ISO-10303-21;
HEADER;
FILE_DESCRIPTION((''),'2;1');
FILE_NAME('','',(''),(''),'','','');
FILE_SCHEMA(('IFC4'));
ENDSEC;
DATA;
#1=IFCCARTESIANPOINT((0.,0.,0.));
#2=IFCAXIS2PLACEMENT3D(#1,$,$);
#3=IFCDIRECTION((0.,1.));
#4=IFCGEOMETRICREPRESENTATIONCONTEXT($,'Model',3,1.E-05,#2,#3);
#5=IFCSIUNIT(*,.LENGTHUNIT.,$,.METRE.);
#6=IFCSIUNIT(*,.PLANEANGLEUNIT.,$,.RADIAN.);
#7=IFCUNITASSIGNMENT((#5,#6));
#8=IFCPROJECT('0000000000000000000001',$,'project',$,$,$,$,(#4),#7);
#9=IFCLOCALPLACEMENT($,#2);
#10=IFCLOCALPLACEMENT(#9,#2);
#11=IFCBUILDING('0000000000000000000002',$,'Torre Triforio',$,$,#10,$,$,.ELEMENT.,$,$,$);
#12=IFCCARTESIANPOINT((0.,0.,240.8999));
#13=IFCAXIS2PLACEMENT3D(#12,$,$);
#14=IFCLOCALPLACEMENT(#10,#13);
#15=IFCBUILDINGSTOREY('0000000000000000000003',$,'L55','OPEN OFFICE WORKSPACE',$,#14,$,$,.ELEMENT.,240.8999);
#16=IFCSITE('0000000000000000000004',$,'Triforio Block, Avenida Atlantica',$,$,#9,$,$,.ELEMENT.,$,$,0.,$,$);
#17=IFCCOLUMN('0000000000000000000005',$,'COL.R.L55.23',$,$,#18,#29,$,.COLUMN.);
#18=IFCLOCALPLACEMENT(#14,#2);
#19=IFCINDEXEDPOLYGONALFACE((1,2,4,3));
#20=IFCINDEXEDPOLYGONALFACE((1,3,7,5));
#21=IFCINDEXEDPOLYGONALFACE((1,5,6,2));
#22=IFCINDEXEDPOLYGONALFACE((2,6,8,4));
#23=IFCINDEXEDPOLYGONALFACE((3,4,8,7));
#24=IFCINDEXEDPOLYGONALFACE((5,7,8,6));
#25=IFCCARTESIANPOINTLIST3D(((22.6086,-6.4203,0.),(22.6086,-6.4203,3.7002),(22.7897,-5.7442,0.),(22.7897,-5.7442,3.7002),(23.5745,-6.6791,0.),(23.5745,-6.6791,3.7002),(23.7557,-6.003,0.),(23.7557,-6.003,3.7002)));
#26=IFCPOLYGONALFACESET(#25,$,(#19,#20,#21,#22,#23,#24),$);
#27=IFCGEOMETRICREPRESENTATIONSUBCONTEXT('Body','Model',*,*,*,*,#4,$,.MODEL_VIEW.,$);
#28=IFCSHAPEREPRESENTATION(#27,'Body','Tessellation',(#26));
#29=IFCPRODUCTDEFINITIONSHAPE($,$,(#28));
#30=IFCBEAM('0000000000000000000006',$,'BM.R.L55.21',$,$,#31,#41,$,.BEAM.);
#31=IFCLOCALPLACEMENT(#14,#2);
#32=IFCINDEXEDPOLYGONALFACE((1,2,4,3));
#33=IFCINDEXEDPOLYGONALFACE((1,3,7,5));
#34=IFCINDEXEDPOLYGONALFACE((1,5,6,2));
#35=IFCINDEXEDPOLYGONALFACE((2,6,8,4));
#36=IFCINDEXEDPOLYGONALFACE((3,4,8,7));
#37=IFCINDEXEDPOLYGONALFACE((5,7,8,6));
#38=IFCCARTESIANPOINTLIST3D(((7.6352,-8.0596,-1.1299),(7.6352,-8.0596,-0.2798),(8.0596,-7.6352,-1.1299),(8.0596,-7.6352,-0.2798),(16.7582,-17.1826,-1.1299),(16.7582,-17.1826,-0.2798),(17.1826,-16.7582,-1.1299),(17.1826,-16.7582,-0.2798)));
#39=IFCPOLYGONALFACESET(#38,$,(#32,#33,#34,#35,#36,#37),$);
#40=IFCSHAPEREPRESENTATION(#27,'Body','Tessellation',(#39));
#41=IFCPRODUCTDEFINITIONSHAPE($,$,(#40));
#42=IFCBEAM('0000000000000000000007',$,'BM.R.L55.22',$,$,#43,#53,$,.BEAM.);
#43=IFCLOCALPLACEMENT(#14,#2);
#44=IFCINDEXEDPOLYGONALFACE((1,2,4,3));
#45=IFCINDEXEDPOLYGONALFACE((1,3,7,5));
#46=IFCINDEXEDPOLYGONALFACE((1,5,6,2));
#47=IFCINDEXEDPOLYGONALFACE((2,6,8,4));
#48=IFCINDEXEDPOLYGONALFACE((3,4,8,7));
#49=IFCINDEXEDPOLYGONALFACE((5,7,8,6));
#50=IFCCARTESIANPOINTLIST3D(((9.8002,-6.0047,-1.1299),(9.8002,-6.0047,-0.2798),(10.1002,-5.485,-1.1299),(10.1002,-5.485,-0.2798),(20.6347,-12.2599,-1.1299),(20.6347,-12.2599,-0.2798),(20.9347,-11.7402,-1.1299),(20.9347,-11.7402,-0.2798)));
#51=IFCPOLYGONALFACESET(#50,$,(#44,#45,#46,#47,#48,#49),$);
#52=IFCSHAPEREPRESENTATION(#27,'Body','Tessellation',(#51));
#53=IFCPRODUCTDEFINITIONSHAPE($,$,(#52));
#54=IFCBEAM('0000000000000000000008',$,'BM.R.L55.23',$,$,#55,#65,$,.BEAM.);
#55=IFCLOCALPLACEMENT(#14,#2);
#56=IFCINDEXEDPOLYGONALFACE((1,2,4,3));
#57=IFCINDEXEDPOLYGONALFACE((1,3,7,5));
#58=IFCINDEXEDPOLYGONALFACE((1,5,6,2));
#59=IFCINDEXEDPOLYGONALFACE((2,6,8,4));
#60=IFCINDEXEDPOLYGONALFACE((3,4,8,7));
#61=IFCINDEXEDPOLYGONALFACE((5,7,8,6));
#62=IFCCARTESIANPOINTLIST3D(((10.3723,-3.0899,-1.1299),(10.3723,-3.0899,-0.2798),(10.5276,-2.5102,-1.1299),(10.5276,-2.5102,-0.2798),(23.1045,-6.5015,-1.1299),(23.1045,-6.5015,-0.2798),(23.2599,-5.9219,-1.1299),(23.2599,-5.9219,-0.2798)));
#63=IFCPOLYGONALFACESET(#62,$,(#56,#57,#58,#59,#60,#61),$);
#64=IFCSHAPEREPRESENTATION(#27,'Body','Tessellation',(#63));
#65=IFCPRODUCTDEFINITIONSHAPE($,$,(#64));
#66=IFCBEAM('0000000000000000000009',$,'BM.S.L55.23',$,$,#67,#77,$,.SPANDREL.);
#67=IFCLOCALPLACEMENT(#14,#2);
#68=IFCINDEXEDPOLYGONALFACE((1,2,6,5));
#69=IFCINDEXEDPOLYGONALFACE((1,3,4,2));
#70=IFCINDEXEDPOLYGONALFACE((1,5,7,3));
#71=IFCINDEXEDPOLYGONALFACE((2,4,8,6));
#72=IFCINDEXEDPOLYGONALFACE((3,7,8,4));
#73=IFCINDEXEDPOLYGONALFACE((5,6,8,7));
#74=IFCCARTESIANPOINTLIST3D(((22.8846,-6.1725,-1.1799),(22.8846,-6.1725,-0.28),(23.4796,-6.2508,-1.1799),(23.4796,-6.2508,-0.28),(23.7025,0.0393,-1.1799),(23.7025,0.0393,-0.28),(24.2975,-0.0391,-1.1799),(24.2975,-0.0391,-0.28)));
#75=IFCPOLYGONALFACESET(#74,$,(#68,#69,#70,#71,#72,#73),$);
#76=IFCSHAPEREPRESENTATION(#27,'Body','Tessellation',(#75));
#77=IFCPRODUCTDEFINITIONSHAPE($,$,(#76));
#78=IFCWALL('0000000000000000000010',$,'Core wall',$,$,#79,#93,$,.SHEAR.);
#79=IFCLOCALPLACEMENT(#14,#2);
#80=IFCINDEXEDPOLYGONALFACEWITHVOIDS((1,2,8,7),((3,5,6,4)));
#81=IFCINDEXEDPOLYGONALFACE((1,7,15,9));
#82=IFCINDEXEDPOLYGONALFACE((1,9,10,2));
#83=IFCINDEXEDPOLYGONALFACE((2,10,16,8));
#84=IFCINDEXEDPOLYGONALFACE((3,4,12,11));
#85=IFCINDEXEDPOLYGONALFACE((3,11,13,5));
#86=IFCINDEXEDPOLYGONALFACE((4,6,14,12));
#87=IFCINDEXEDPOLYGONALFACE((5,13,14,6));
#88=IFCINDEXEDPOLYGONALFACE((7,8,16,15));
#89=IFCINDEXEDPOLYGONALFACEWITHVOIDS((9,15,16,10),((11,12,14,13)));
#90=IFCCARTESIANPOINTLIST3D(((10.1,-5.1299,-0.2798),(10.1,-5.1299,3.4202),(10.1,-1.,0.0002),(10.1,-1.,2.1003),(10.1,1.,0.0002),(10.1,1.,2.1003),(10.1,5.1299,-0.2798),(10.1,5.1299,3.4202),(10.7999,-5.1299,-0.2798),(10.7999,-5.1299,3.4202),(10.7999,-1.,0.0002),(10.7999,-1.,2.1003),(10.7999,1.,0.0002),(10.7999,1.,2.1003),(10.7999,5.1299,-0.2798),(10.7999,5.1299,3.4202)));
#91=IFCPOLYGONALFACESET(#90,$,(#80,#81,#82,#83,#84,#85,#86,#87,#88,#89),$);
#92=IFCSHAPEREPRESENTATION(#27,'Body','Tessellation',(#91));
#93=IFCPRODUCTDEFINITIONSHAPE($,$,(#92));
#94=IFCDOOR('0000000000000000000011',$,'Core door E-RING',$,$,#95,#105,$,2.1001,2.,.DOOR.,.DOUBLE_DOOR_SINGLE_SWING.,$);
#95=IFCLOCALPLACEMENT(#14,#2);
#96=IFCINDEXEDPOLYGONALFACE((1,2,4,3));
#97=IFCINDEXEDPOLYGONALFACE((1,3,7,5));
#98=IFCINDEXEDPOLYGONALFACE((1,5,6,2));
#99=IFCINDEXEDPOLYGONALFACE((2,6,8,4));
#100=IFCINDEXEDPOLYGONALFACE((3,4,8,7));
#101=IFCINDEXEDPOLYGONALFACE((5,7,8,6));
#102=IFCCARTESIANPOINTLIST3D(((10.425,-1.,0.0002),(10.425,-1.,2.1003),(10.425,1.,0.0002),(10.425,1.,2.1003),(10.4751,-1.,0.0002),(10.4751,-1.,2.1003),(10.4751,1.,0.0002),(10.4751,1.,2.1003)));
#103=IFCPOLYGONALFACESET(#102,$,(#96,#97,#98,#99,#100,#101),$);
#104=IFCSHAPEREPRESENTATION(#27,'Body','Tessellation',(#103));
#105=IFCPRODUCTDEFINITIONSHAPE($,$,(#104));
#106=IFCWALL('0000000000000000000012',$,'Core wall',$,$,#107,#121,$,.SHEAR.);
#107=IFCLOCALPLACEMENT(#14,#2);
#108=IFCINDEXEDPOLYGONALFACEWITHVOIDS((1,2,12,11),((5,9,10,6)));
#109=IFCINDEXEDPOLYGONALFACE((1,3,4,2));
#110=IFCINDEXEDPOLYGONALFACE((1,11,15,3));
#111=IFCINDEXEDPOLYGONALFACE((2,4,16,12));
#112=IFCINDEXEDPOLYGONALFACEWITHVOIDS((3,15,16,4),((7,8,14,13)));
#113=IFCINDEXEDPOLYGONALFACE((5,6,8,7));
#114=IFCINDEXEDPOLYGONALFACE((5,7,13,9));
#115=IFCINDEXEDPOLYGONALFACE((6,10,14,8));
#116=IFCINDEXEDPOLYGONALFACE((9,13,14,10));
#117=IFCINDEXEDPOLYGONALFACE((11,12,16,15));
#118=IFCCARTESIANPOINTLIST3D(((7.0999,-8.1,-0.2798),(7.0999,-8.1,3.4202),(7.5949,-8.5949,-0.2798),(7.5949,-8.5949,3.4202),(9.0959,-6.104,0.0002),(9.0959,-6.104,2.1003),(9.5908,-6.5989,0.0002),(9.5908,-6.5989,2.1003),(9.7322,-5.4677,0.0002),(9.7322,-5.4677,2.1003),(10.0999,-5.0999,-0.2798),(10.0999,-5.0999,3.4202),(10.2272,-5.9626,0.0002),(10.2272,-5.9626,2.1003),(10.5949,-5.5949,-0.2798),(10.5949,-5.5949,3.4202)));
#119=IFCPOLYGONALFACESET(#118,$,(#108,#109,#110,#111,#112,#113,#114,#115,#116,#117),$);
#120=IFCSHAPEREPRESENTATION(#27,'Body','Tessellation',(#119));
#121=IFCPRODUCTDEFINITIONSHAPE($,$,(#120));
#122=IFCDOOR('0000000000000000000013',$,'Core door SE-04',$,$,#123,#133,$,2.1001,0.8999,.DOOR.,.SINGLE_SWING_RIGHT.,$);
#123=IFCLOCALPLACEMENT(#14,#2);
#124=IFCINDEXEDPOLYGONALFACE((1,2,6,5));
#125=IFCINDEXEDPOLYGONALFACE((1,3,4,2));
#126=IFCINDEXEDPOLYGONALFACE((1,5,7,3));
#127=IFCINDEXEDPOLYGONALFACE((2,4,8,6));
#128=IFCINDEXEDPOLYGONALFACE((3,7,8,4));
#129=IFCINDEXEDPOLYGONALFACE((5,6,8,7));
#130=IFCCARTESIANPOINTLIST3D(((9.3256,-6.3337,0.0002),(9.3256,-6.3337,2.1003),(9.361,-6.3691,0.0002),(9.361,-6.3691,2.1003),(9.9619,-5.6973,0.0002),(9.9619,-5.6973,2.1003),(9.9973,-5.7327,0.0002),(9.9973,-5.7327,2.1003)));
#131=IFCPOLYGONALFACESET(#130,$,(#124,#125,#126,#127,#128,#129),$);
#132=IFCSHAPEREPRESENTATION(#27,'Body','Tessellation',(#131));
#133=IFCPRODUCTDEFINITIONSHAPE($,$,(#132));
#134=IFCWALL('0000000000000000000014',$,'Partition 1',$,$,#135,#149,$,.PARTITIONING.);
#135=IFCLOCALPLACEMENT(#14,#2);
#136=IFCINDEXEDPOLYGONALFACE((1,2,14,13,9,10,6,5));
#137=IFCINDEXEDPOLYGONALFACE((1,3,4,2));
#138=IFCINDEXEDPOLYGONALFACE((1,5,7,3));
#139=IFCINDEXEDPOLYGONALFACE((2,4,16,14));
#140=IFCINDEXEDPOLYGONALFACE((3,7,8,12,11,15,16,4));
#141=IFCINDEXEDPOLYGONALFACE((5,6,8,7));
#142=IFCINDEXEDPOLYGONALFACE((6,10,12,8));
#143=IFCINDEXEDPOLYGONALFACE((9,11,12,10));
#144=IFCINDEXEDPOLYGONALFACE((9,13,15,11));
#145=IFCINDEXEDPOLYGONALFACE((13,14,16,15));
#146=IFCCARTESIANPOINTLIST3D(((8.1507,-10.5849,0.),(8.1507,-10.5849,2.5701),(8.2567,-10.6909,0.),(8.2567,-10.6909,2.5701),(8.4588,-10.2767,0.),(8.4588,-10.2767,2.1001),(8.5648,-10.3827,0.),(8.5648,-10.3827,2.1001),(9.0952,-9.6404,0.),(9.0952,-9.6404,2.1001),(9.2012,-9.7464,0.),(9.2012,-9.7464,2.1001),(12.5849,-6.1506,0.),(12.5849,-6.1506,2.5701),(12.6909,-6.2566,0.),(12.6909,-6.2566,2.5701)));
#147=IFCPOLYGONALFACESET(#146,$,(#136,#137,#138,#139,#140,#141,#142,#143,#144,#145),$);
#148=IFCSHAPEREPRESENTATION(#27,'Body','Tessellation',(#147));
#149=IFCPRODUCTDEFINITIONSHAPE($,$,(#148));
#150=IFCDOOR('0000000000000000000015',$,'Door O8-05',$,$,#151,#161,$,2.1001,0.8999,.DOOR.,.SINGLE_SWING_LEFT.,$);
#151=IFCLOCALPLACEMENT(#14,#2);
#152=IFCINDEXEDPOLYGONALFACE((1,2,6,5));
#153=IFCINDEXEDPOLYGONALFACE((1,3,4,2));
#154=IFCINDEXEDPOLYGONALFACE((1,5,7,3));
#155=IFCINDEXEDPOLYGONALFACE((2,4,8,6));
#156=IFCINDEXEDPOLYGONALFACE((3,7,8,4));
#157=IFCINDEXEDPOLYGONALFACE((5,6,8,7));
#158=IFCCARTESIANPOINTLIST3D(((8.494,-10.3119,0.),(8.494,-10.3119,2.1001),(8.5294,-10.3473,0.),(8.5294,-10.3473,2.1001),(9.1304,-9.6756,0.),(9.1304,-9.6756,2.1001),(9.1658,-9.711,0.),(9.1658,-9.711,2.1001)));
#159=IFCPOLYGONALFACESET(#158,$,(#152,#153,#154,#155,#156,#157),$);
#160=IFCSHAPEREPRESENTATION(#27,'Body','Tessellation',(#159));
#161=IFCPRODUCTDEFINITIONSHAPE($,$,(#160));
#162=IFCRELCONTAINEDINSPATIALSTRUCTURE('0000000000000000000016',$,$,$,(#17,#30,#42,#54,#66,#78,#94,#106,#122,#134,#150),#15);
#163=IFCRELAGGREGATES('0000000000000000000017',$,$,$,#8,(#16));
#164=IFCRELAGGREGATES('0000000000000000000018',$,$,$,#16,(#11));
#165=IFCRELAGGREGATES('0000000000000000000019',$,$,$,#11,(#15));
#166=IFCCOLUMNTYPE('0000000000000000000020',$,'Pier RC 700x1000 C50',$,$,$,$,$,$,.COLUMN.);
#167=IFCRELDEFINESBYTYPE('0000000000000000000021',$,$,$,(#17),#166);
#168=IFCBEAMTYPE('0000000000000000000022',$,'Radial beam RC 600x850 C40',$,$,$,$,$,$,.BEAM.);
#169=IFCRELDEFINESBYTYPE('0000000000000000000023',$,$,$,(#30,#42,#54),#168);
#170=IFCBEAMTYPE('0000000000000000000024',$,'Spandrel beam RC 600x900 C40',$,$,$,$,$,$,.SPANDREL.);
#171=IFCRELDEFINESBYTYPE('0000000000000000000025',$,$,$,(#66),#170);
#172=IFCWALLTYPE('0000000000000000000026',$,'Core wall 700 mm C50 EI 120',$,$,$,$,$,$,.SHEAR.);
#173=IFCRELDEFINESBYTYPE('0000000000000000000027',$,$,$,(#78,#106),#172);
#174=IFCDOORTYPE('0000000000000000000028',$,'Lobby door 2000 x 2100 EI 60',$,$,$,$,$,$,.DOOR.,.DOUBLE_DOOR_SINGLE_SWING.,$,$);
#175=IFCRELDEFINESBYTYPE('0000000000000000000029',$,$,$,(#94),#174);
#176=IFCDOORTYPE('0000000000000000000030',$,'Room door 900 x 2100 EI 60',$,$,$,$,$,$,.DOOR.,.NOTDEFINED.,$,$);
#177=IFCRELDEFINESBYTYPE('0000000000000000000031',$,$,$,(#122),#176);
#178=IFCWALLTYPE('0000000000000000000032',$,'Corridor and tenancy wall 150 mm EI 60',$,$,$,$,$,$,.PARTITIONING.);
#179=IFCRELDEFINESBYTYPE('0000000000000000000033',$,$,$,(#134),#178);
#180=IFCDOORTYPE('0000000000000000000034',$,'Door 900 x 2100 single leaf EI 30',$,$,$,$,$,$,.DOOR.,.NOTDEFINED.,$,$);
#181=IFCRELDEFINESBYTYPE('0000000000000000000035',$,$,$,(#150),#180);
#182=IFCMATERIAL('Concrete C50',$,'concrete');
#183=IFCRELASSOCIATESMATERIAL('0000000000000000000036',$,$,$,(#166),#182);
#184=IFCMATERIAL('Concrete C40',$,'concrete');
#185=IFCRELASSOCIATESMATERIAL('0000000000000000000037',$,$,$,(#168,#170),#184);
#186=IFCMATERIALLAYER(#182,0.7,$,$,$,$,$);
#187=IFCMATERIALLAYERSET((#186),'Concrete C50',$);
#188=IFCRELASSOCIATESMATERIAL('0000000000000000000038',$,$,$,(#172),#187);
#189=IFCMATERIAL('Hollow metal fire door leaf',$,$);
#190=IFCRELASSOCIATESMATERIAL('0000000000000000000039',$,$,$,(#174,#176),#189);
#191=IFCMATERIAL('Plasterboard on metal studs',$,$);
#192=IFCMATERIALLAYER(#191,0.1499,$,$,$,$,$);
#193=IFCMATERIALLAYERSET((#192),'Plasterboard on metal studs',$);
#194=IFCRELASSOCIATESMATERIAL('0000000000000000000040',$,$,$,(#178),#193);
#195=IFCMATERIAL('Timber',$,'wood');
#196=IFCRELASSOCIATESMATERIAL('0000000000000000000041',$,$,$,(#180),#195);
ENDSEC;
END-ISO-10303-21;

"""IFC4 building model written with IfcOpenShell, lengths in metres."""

from ifc_helpers import new_model, si_unit, direction, frame, frame_2d, origin, origin_2d, place, context, subcontext, project, spatial, rectangle, extrude, material, layer, layer_set, material_profile, profile_set, type_object, element, fill, save


model = new_model("IFC4")

# Units and contexts
model_context = context("Model", 3, precision=1e-05, world=origin(), true_north=direction((0.0, 1.0)))
body_context = subcontext(model_context, "Body", "Model", "MODEL_VIEW")
ifc_project = project(units=[si_unit("LENGTHUNIT", "METRE"), si_unit("PLANEANGLEUNIT", "RADIAN")], contexts=[model_context])

# Site, building, storey
site_placement = place(None, origin())
site = spatial("IfcSite", under=ifc_project, at=site_placement, Name="Triforio Block, Avenida Atlantica", CompositionType="ELEMENT", RefElevation=0.0)
building_placement = place(site_placement, origin())
building = spatial("IfcBuilding", under=site, at=building_placement, Name="Torre Triforio", CompositionType="ELEMENT")
storey_placement = place(building_placement, frame((0.0, 0.0, 240.8999)))
storey = spatial("IfcBuildingStorey", under=building, at=storey_placement, Name="L55", Description="OPEN OFFICE WORKSPACE", CompositionType="ELEMENT", Elevation=240.8999)

# Column
ifc_material_1 = material(Name="Concrete C50", Category="concrete")
ifc_material_profile_1 = material_profile(ifc_material_1, rectangle(XDim=0.7, YDim=1.0, at=origin_2d()), Name="RC 700x1000")
ifc_profile_set_1 = profile_set([ifc_material_profile_1], Name="Concrete C50")
column_type = type_object("IfcColumnType", Name="Pier RC 700x1000 C50", PredefinedType="COLUMN", material=ifc_profile_set_1)
column_placement = place(storey_placement, frame((23.1821, -6.2117, 0.0), z_axis=(0.0, 0.0, 1.0), x_axis=(0.258819, 0.965926, 0.0)))
element("IfcColumn", 1, at=column_placement, inside=storey, type_object=column_type, Name="COL.R.L55.23", PredefinedType="COLUMN", context=body_context, shape_type="SweptSolid", body=[
    extrude(rectangle(XDim=0.7, YDim=1.0, at=origin_2d()), origin(), (0.0, 0.0, 1.0), 3.7002),
])

# Beams
ifc_material_2 = material(Name="Concrete C40", Category="concrete")
ifc_material_profile_2 = material_profile(ifc_material_2, rectangle(XDim=0.6001, YDim=0.8501, at=origin_2d()), Name="RC 600x850")
ifc_profile_set_2 = profile_set([ifc_material_profile_2], Name="Concrete C40")
beam_type_1 = type_object("IfcBeamType", Name="Radial beam RC 600x850 C40", PredefinedType="BEAM", material=ifc_profile_set_2)
beam_1_placement = place(storey_placement, frame((7.8474, -7.8474, -0.7048), z_axis=(0.707107, -0.707107, 0.0), x_axis=(0.707107, 0.707107, 0.0)))
element("IfcBeam", 2, at=beam_1_placement, inside=storey, type_object=beam_type_1, Name="BM.R.L55.21", PredefinedType="BEAM", context=body_context, shape_type="SweptSolid", body=[
    extrude(rectangle(XDim=0.6001, YDim=0.8501, at=origin_2d()), origin(), (0.0, 0.0, 1.0), 12.9019),
])
beam_2_placement = place(storey_placement, frame((9.9502, -5.7449, -0.7048), z_axis=(0.866031, -0.49999, 0.0), x_axis=(0.49999, 0.866031, 0.0)))
element("IfcBeam", 3, at=beam_2_placement, inside=storey, type_object=beam_type_1, Name="BM.R.L55.22", PredefinedType="BEAM", context=body_context, shape_type="SweptSolid", body=[
    extrude(rectangle(XDim=0.6001, YDim=0.8501, at=origin_2d()), origin(), (0.0, 0.0, 1.0), 12.5105),
])
beam_3_placement = place(storey_placement, frame((10.45, -2.8, -0.7048), z_axis=(0.965925, -0.258822, 0.0), x_axis=(0.258822, 0.965925, 0.0)))
element("IfcBeam", 4, at=beam_3_placement, inside=storey, type_object=beam_type_1, Name="BM.R.L55.23", PredefinedType="BEAM", context=body_context, shape_type="SweptSolid", body=[
    extrude(rectangle(XDim=0.6001, YDim=0.8501, at=origin_2d()), origin(), (0.0, 0.0, 1.0), 13.1814),
])
ifc_material_profile_3 = material_profile(ifc_material_2, rectangle(XDim=0.6001, YDim=0.8999, at=origin_2d()), Name="RC 600x900")
ifc_profile_set_3 = profile_set([ifc_material_profile_3], Name="Concrete C40")
beam_type_2 = type_object("IfcBeamType", Name="Spandrel beam RC 600x900 C40", PredefinedType="SPANDREL", material=ifc_profile_set_3)
beam_4_placement = place(storey_placement, frame((23.1821, -6.2117, -0.73), z_axis=(0.13054, 0.991443, 0.0), x_axis=(-0.991443, 0.13054, 0.0)))
element("IfcBeam", 5, at=beam_4_placement, inside=storey, type_object=beam_type_2, Name="BM.S.L55.23", PredefinedType="SPANDREL", context=body_context, shape_type="SweptSolid", body=[
    extrude(rectangle(XDim=0.6001, YDim=0.8999, at=origin_2d()), origin(), (0.0, 0.0, 1.0), 6.2654),
])

# Walls, openings, doors
ifc_layer_1 = layer(ifc_material_1, 0.7)
ifc_layer_set_1 = layer_set([ifc_layer_1], Name="Concrete C50")
wall_type_1 = type_object("IfcWallType", Name="Core wall 700 mm C50 EI 120", PredefinedType="SHEAR", material=ifc_layer_set_1)
wall_1_placement = place(storey_placement, frame((10.45, -5.1299, -0.2798), z_axis=(0.0, 0.0, 1.0), x_axis=(0.0, 1.0, 0.0)))
wall_1 = element("IfcWall", 6, at=wall_1_placement, inside=storey, type_object=wall_type_1, Name="Core wall", PredefinedType="SHEAR", context=body_context, shape_type="SweptSolid", body=[
    extrude(rectangle(XDim=10.2598, YDim=0.7, at=frame_2d((5.1299, 0.0))), origin(), (0.0, 0.0, 1.0), 3.7),
])
opening_1_placement = place(wall_1_placement, frame((4.1299, 0.0, 0.28)))
opening_1 = element("IfcOpeningElement", 7, at=opening_1_placement, cuts=wall_1, PredefinedType="OPENING", context=body_context, shape_type="SweptSolid", body=[
    extrude(rectangle(XDim=2.0, YDim=2.1001, at=frame_2d((1.0, 1.05))), frame((0.0, 0.3599, 0.0), z_axis=(0.0, -1.0, 0.0), x_axis=(1.0, 0.0, 0.0)), (0.0, 0.0, 1.0), 0.72),
])
ifc_material_3 = material(Name="Hollow metal fire door leaf")
door_type_1 = type_object("IfcDoorType", Name="Lobby door 2000 x 2100 EI 60", OperationType="DOUBLE_DOOR_SINGLE_SWING", PredefinedType="DOOR", material=ifc_material_3)
door_1_placement = place(opening_1_placement, origin())
door_1 = element("IfcDoor", 8, at=door_1_placement, inside=storey, type_object=door_type_1, Name="Core door E-RING", OperationType="DOUBLE_DOOR_SINGLE_SWING", OverallHeight=2.1001, OverallWidth=2.0, PredefinedType="DOOR", context=body_context, shape_type="SweptSolid", body=[
    extrude(rectangle(XDim=2.0, YDim=2.1001, at=frame_2d((1.0, 1.05))), frame((0.0, 0.0249, 0.0), z_axis=(0.0, -1.0, 0.0), x_axis=(1.0, 0.0, 0.0)), (0.0, 0.0, 1.0), 0.05),
])
fill(opening_1, door_1)
wall_2_placement = place(storey_placement, frame((10.3474, -5.3474, -0.2798), z_axis=(0.0, 0.0, 1.0), x_axis=(-0.707107, -0.707107, 0.0)))
wall_2 = element("IfcWall", 9, at=wall_2_placement, inside=storey, type_object=wall_type_1, Name="Core wall", PredefinedType="SHEAR", context=body_context, shape_type="SweptSolid", body=[
    extrude(rectangle(XDim=4.2427, YDim=0.7, at=frame_2d((2.1213, 0.0))), origin(), (0.0, 0.0, 1.0), 3.7),
])
opening_2_placement = place(wall_2_placement, frame((0.52, 0.0, 0.28)))
opening_2 = element("IfcOpeningElement", 10, at=opening_2_placement, cuts=wall_2, PredefinedType="OPENING", context=body_context, shape_type="SweptSolid", body=[
    extrude(rectangle(XDim=0.8999, YDim=2.1001, at=frame_2d((0.45, 1.05))), frame((0.0, 0.3599, 0.0), z_axis=(0.0, -1.0, 0.0), x_axis=(1.0, 0.0, 0.0)), (0.0, 0.0, 1.0), 0.72),
])
door_type_2 = type_object("IfcDoorType", Name="Room door 900 x 2100 EI 60", OperationType="NOTDEFINED", PredefinedType="DOOR", material=ifc_material_3)
door_2_placement = place(opening_2_placement, origin())
door_2 = element("IfcDoor", 11, at=door_2_placement, inside=storey, type_object=door_type_2, Name="Core door SE-04", OperationType="SINGLE_SWING_RIGHT", OverallHeight=2.1001, OverallWidth=0.8999, PredefinedType="DOOR", context=body_context, shape_type="SweptSolid", body=[
    extrude(rectangle(XDim=0.8999, YDim=2.1001, at=frame_2d((0.45, 1.05))), frame((0.0, 0.0249, 0.0), z_axis=(0.0, -1.0, 0.0), x_axis=(1.0, 0.0, 0.0)), (0.0, 0.0, 1.0), 0.05),
])
fill(opening_2, door_2)
ifc_material_4 = material(Name="Plasterboard on metal studs")
ifc_layer_2 = layer(ifc_material_4, 0.1499)
ifc_layer_set_2 = layer_set([ifc_layer_2], Name="Plasterboard on metal studs")
wall_type_2 = type_object("IfcWallType", Name="Corridor and tenancy wall 150 mm EI 60", PredefinedType="PARTITIONING", material=ifc_layer_set_2)
wall_3_placement = place(storey_placement, frame((12.6379, -6.2036, 0.0), z_axis=(0.0, 0.0, 1.0), x_axis=(-0.707107, -0.707107, 0.0)))
wall_3 = element("IfcWall", 12, at=wall_3_placement, inside=storey, type_object=wall_type_2, Name="Partition 1", PredefinedType="PARTITIONING", context=body_context, shape_type="SweptSolid", body=[
    extrude(rectangle(XDim=6.271, YDim=0.1499, at=frame_2d((3.1355, 0.0))), origin(), (0.0, 0.0, 1.0), 2.5701),
])
opening_3_placement = place(wall_3_placement, frame((4.9353, 0.0, 0.0)))
opening_3 = element("IfcOpeningElement", 13, at=opening_3_placement, cuts=wall_3, PredefinedType="OPENING", context=body_context, shape_type="SweptSolid", body=[
    extrude(rectangle(XDim=0.8999, YDim=2.1001, at=frame_2d((0.45, 1.05))), frame((0.0, 0.085, 0.0), z_axis=(0.0, -1.0, 0.0), x_axis=(1.0, 0.0, 0.0)), (0.0, 0.0, 1.0), 0.1699),
])
ifc_material_5 = material(Name="Timber", Category="wood")
door_type_3 = type_object("IfcDoorType", Name="Door 900 x 2100 single leaf EI 30", OperationType="NOTDEFINED", PredefinedType="DOOR", material=ifc_material_5)
door_3_placement = place(opening_3_placement, origin())
door_3 = element("IfcDoor", 14, at=door_3_placement, inside=storey, type_object=door_type_3, Name="Door O8-05", OperationType="SINGLE_SWING_LEFT", OverallHeight=2.1001, OverallWidth=0.8999, PredefinedType="DOOR", context=body_context, shape_type="SweptSolid", body=[
    extrude(rectangle(XDim=0.8999, YDim=2.1001, at=frame_2d((0.45, 1.05))), frame((0.0, 0.0249, 0.0), z_axis=(0.0, -1.0, 0.0), x_axis=(1.0, 0.0, 0.0)), (0.0, 0.0, 1.0), 0.05),
])
fill(opening_3, door_3)

save(model, "model.ifc")
